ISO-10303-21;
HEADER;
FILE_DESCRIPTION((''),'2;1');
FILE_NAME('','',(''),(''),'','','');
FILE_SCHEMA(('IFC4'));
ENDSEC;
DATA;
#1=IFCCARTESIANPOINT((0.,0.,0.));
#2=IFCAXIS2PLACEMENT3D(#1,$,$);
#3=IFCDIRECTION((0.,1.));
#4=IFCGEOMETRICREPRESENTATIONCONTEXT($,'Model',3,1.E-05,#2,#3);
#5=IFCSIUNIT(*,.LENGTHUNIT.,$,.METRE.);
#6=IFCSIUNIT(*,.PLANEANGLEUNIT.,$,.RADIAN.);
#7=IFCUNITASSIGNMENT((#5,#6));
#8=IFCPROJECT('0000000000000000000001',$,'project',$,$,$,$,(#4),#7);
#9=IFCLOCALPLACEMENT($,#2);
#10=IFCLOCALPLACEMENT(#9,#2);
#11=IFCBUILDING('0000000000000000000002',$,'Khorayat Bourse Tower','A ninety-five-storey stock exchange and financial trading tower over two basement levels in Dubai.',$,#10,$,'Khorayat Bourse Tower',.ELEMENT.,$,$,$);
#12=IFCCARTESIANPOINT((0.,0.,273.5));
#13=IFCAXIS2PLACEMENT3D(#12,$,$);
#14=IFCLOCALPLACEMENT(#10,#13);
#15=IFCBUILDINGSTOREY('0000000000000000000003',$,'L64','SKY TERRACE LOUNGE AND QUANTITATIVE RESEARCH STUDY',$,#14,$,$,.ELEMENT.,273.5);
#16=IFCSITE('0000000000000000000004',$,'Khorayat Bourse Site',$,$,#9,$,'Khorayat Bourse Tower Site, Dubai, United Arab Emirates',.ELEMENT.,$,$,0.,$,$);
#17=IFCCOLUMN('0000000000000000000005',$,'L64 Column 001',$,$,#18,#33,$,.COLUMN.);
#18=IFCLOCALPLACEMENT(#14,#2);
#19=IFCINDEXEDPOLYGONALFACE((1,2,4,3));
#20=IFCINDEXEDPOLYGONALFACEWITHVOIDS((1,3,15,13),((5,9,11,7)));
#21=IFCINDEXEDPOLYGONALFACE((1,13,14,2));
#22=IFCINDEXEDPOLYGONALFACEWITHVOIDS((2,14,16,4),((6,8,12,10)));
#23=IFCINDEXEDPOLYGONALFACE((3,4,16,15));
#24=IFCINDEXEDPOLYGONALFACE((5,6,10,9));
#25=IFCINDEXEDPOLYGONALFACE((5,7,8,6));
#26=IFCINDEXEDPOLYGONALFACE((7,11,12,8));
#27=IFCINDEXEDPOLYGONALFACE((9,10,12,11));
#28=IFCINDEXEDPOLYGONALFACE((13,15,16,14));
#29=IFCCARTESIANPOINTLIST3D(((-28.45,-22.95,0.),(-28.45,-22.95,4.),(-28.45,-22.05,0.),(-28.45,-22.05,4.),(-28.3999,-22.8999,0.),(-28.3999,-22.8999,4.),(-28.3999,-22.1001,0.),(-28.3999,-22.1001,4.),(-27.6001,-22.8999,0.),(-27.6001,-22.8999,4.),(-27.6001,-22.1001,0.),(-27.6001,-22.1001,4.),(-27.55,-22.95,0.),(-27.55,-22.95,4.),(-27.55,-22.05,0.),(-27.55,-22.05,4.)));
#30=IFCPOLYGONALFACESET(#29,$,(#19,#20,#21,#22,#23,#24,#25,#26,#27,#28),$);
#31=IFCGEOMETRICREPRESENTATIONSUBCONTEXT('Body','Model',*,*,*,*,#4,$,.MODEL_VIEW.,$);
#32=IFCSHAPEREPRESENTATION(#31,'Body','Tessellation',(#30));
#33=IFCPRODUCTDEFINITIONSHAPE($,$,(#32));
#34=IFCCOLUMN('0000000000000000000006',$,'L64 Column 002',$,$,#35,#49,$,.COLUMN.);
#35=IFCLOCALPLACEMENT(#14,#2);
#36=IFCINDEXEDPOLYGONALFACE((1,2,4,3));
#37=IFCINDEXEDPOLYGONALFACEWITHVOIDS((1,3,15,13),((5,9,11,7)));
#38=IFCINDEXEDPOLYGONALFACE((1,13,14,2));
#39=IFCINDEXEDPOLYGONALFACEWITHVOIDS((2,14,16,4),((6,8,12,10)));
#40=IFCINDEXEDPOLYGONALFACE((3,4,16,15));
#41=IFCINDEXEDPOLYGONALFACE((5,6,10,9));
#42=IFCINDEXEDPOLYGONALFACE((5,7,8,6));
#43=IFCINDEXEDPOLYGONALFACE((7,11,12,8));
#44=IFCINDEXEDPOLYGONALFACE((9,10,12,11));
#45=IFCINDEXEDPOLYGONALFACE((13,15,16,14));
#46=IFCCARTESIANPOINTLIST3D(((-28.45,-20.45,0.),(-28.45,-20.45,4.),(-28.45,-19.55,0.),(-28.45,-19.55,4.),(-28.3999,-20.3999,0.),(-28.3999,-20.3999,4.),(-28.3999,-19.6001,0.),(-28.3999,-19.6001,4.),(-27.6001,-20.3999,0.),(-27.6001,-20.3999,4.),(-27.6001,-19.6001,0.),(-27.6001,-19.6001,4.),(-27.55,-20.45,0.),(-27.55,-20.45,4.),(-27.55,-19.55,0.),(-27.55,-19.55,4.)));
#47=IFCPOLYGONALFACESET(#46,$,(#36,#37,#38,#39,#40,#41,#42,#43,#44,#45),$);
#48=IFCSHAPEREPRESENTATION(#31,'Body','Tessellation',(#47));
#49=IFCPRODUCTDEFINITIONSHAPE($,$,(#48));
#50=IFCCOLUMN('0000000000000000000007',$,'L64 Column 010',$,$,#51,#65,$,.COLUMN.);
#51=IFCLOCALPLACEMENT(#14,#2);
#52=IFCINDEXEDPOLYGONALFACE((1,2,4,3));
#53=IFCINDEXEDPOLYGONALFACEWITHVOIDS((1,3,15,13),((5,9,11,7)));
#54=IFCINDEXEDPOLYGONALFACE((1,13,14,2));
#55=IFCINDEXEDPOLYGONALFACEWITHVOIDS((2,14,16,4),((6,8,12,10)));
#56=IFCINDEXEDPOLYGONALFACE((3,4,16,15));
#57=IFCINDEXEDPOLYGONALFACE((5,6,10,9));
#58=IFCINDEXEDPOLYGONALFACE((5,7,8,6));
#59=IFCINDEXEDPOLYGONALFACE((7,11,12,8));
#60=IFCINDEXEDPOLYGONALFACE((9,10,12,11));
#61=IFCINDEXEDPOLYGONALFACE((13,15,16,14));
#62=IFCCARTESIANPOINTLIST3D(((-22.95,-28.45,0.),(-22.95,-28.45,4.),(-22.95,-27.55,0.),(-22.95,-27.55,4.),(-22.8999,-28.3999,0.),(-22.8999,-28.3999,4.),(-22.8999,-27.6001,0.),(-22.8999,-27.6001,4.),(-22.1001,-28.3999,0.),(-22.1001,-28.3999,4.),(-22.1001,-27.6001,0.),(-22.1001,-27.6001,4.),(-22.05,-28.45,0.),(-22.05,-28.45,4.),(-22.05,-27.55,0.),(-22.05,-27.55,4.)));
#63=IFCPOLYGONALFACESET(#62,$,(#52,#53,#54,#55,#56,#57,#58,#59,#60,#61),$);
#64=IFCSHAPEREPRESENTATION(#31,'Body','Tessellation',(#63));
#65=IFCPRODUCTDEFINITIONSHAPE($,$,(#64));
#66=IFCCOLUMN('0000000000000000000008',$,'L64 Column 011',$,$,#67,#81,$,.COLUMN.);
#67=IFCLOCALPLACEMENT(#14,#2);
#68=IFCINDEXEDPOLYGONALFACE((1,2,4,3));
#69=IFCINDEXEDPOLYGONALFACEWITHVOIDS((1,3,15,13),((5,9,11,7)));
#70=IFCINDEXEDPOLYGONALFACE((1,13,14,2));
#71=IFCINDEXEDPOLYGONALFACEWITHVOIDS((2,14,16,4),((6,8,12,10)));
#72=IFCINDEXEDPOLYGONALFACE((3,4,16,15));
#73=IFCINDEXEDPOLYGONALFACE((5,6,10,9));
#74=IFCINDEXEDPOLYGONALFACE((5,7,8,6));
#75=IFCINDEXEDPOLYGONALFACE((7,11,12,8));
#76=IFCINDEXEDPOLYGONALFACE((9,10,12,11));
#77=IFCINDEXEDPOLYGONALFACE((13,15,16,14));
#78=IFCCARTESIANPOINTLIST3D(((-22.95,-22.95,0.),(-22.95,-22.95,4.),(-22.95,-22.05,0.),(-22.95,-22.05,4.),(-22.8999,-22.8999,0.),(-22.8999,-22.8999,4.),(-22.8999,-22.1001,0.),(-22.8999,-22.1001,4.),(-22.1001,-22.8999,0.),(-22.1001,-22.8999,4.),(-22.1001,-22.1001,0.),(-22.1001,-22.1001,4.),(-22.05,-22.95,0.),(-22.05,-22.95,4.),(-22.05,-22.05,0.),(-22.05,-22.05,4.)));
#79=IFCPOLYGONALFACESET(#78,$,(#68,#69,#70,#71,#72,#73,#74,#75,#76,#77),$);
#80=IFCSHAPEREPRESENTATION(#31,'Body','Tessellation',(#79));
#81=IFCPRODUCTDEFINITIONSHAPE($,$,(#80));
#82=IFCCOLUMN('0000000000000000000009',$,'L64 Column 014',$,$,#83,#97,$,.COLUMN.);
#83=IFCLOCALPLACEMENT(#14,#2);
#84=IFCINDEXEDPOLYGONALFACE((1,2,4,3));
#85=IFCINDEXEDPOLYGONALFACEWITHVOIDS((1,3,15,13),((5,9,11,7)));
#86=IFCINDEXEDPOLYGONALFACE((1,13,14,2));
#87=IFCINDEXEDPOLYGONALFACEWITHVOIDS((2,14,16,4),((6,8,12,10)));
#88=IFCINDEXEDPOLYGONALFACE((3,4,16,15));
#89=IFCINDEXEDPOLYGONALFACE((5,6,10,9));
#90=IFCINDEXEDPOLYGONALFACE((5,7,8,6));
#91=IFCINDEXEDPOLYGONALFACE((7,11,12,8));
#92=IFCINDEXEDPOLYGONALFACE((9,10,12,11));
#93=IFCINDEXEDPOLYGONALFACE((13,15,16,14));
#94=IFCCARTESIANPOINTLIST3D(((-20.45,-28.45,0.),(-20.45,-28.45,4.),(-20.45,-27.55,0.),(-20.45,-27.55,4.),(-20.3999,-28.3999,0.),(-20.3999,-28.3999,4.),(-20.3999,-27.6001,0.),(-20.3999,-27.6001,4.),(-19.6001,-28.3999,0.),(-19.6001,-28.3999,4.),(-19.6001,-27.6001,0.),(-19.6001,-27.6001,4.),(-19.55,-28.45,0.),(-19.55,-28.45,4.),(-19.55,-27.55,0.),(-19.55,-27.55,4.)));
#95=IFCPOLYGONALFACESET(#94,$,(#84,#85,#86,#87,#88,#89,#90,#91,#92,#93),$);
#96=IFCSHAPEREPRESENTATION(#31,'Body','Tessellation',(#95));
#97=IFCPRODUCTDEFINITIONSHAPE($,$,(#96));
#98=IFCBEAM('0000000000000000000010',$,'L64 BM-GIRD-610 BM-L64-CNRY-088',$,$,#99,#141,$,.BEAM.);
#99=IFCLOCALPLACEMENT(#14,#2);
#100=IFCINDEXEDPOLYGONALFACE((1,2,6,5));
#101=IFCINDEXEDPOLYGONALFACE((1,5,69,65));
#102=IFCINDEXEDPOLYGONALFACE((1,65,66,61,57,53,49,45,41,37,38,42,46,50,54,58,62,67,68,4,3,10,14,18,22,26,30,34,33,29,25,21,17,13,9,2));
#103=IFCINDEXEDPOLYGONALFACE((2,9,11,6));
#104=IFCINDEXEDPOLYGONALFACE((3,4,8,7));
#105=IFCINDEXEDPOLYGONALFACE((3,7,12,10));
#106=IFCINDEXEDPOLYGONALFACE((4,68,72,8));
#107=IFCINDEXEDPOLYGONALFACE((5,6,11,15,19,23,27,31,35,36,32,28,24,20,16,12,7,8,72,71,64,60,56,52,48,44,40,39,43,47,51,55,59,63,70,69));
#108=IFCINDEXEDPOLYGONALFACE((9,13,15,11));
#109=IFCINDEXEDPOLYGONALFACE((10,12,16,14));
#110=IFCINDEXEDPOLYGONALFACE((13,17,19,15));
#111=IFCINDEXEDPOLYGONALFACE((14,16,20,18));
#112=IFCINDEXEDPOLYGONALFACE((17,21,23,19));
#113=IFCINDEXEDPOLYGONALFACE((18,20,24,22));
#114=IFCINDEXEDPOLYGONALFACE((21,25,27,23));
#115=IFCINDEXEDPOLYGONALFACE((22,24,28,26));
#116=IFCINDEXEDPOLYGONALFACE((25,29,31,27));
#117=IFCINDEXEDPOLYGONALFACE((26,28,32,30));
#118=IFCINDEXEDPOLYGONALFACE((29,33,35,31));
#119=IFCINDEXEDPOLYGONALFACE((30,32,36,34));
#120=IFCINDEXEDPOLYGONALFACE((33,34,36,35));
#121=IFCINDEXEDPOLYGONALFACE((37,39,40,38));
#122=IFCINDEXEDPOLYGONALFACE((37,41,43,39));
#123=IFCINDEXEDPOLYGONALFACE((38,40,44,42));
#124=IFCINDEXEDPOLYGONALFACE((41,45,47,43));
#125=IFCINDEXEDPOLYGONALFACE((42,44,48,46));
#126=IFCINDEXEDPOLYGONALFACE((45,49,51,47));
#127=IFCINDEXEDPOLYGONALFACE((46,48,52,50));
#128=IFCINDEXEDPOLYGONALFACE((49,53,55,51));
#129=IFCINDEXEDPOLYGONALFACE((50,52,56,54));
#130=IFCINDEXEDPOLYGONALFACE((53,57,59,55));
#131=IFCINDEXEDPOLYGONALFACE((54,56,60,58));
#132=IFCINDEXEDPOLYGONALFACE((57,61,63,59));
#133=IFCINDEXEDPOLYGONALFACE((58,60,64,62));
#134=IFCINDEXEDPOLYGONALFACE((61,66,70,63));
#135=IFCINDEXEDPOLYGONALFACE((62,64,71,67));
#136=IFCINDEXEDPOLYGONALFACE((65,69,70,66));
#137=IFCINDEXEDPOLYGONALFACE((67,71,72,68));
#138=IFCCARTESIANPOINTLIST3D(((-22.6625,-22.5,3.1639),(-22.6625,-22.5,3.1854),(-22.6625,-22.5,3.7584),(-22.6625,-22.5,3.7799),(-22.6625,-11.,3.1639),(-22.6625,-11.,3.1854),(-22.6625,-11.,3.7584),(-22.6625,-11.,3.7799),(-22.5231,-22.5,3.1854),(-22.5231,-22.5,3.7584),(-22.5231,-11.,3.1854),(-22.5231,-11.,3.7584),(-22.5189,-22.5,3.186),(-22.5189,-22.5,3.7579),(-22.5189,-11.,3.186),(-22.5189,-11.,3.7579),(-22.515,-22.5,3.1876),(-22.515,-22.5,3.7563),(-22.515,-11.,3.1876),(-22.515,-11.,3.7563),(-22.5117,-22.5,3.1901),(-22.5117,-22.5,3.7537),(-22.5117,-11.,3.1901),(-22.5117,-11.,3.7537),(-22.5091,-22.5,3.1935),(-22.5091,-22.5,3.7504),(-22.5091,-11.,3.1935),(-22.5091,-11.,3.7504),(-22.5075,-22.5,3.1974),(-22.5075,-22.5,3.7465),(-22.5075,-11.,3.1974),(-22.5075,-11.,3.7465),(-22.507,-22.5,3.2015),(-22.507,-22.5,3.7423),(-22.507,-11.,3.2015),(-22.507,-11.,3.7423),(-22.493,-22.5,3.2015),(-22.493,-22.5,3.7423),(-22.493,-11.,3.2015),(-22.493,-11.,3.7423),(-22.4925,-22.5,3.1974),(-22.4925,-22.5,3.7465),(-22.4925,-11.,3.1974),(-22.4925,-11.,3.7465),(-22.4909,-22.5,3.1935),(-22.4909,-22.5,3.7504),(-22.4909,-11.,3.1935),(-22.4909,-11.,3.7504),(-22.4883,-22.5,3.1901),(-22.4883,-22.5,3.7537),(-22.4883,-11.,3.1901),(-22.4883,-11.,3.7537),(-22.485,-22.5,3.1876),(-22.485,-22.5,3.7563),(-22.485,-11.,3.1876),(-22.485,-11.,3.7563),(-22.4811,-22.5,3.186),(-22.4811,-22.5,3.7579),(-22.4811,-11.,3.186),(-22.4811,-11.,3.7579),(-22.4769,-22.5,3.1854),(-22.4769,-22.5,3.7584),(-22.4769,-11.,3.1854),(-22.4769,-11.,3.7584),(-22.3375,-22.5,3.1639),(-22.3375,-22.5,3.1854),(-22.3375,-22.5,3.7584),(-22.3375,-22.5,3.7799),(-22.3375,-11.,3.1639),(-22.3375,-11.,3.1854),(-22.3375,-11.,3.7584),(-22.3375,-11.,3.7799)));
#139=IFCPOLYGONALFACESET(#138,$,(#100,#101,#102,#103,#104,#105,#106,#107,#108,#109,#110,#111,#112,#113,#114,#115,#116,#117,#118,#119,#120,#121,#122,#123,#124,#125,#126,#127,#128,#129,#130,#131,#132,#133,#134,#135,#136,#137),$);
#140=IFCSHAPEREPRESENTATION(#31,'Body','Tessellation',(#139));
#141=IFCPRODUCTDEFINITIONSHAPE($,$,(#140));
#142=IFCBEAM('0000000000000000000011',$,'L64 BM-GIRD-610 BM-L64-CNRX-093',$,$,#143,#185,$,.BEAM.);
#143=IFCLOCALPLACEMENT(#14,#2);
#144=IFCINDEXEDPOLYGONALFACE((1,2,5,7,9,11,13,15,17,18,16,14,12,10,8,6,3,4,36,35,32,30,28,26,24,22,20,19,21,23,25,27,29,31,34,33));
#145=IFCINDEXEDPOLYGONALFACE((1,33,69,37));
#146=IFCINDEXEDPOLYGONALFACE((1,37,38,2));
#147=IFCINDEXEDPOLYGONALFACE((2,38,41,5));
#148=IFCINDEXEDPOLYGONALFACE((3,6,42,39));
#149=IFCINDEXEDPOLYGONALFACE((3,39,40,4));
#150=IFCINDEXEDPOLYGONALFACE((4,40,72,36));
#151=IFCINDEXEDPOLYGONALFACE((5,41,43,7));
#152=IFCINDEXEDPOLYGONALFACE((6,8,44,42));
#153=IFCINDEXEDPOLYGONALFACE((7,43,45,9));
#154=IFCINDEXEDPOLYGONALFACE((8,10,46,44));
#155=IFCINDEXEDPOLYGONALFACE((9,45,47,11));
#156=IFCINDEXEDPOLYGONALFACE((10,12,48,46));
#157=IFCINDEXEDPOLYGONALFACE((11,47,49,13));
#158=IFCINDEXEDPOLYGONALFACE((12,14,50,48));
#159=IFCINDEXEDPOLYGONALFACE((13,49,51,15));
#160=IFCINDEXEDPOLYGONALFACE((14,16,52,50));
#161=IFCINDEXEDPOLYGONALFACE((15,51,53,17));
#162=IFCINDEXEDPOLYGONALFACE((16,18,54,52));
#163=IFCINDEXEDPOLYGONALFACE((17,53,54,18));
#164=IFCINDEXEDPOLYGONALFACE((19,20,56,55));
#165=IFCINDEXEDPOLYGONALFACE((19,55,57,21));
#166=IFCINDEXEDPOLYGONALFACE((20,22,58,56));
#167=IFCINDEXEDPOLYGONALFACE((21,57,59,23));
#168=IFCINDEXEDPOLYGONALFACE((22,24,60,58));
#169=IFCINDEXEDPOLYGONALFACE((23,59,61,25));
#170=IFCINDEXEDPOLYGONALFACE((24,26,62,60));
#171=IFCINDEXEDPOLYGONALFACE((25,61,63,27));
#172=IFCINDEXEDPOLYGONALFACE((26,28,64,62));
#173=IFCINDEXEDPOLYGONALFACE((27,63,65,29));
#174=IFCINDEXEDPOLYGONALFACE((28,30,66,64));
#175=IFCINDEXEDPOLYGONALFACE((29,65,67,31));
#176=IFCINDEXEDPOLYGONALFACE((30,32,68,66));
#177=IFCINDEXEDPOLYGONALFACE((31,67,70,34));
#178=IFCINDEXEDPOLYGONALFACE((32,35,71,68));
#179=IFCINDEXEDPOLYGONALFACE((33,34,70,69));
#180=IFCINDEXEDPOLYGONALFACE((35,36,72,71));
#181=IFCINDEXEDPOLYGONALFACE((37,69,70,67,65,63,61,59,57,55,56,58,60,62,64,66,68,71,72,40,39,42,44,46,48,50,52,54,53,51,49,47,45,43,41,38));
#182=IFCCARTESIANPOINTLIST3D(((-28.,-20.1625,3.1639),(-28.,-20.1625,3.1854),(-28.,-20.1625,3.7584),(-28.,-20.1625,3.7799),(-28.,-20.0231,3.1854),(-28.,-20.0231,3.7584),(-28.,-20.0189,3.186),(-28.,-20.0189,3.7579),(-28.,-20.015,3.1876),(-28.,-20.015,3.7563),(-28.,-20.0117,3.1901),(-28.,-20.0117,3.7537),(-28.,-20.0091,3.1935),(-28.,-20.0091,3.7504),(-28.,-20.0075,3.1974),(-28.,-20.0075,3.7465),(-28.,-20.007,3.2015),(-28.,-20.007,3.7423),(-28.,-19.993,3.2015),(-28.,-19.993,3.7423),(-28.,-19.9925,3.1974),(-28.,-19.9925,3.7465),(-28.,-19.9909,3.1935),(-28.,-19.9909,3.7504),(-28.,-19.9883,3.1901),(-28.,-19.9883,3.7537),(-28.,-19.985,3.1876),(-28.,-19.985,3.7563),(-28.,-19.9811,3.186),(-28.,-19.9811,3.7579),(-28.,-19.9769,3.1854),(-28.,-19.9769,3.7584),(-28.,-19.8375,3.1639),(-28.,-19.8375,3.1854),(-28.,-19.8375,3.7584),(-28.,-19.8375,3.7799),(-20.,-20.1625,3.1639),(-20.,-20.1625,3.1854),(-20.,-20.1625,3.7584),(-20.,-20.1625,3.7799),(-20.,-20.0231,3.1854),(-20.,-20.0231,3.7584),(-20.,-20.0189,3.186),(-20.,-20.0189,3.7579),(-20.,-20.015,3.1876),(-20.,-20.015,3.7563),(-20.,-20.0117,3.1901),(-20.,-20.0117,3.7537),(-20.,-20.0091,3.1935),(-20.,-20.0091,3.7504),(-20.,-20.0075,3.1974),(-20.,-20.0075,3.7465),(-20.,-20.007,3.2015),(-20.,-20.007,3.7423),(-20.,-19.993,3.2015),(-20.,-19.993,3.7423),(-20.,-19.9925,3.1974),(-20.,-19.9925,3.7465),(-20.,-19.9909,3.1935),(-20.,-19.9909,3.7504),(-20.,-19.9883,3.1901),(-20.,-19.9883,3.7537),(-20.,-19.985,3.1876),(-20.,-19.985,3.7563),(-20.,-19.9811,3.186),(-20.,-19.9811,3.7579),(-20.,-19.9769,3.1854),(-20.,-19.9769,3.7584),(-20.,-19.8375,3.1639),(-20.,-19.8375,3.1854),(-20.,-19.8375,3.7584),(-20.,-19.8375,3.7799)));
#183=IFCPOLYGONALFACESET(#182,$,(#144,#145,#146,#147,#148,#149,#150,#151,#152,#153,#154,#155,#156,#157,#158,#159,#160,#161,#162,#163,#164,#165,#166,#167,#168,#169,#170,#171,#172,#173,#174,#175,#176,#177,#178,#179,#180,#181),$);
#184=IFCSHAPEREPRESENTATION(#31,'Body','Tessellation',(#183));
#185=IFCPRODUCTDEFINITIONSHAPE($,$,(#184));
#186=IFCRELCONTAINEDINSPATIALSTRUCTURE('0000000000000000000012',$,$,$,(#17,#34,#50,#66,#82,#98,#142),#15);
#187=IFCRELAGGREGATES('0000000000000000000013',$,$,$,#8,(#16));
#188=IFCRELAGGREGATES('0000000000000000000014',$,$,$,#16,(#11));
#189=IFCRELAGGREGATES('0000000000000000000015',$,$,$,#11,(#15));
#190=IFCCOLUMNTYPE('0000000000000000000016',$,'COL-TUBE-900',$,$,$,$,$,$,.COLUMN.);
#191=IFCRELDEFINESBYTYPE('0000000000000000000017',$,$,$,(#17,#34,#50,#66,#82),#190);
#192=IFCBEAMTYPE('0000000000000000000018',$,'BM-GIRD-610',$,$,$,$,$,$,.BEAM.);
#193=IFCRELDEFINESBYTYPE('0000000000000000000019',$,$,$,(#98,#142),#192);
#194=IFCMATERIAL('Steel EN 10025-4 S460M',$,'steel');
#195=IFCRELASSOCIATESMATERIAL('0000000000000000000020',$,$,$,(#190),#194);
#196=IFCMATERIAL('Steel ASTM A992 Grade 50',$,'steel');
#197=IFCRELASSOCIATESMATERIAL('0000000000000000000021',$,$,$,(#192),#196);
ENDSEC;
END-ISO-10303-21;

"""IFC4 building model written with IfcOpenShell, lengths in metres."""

from ifc_helpers import new_model, si_unit, direction, frame, origin, origin_2d, place, context, subcontext, project, spatial, hollow_rectangle, i_section, extrude, source, transform, mapped, material, material_profile, profile_set, type_object, element, save


model = new_model("IFC4")

# Units and contexts
model_context = context("Model", 3, precision=1e-05, world=origin(), true_north=direction((0.0, 1.0)))
body_context = subcontext(model_context, "Body", "Model", "MODEL_VIEW")
ifc_project = project(units=[si_unit("LENGTHUNIT", "METRE"), si_unit("PLANEANGLEUNIT", "RADIAN")], contexts=[model_context])

# Site, building, storey
site_placement = place(None, origin())
site = spatial("IfcSite", under=ifc_project, at=site_placement, Name="Khorayat Bourse Site", LongName="Khorayat Bourse Tower Site, Dubai, United Arab Emirates", CompositionType="ELEMENT", RefElevation=0.0)
building_placement = place(site_placement, origin())
building = spatial("IfcBuilding", under=site, at=building_placement, Name="Khorayat Bourse Tower", Description="A ninety-five-storey stock exchange and financial trading tower over two basement levels in Dubai.", LongName="Khorayat Bourse Tower", CompositionType="ELEMENT")
storey_placement = place(building_placement, frame((0.0, 0.0, 273.5)))
storey = spatial("IfcBuildingStorey", under=building, at=storey_placement, Name="L64", Description="SKY TERRACE LOUNGE AND QUANTITATIVE RESEARCH STUDY", CompositionType="ELEMENT", Elevation=273.5)

# Columns
ifc_material_1 = material(Name="Steel EN 10025-4 S460M", Category="steel")
ifc_material_profile_1 = material_profile(ifc_material_1, hollow_rectangle(XDim=0.8999, YDim=0.8999, WallThickness=0.05, at=origin_2d()), Name="BOX 900x900x50")
ifc_profile_set_1 = profile_set([ifc_material_profile_1], Name="Steel EN 10025-4 S460M")
column_type = type_object("IfcColumnType", Name="COL-TUBE-900", PredefinedType="COLUMN", material=ifc_profile_set_1)
shared_shape_1 = source(origin(), body_context, "Body", "SweptSolid", [
    extrude(hollow_rectangle(XDim=0.8999, YDim=0.8999, WallThickness=0.05, at=origin_2d()), origin(), (0.0, 0.0, 1.0), 4.0),
])
for number, where, z_axis, x_axis, name in (
    (1, (-28.0, -22.5, 0.0), (0.0, 0.0, 1.0), (1.0, 0.0, 0.0), "L64 Column 001"),
    (2, (-28.0, -20.0, 0.0), (0.0, 0.0, 1.0), (1.0, 0.0, 0.0), "L64 Column 002"),
    (3, (-22.5, -28.0, 0.0), (0.0, 0.0, 1.0), (1.0, 0.0, 0.0), "L64 Column 010"),
    (4, (-22.5, -22.5, 0.0), (0.0, 0.0, 1.0), (1.0, 0.0, 0.0), "L64 Column 011"),
    (5, (-20.0, -28.0, 0.0), (0.0, 0.0, 1.0), (1.0, 0.0, 0.0), "L64 Column 014"),
):
    element("IfcColumn", number, at=place(storey_placement, frame(where, z_axis=z_axis, x_axis=x_axis)), inside=storey, type_object=column_type, Name=name, PredefinedType="COLUMN", context=body_context, shape_type="MappedRepresentation", body=[
        mapped(shared_shape_1, transform((0.0, 0.0, 0.0), scale=1.0)),
    ])

# Beams
ifc_material_2 = material(Name="Steel ASTM A992 Grade 50", Category="steel")
ifc_material_profile_2 = material_profile(ifc_material_2, i_section(OverallWidth=0.325, OverallDepth=0.616, WebThickness=0.0139, FlangeThickness=0.0215, FilletRadius=0.0161, at=origin_2d()), Name="W610X174")
ifc_profile_set_2 = profile_set([ifc_material_profile_2], Name="Steel ASTM A992 Grade 50")
beam_type_1 = type_object("IfcBeamType", Name="BM-GIRD-610", PredefinedType="BEAM", material=ifc_profile_set_2)
shared_shape_2 = source(origin(), body_context, "Body", "SweptSolid", [
    extrude(i_section(OverallWidth=0.325, OverallDepth=0.616, WebThickness=0.0139, FlangeThickness=0.0215, FilletRadius=0.0161, at=origin_2d()), origin(), (0.0, 0.0, 1.0), 11.5),
])
beam_1_placement = place(storey_placement, frame((-22.5, -22.5, 3.4719), z_axis=(0.0, 1.0, 0.0), x_axis=(-1.0, 0.0, 0.0)))
element("IfcBeam", 6, at=beam_1_placement, inside=storey, type_object=beam_type_1, Name="L64 BM-GIRD-610 BM-L64-CNRY-088", PredefinedType="BEAM", context=body_context, shape_type="MappedRepresentation", body=[
    mapped(shared_shape_2, transform((0.0, 0.0, 0.0), scale=1.0)),
])
shared_shape_3 = source(origin(), body_context, "Body", "SweptSolid", [
    extrude(i_section(OverallWidth=0.325, OverallDepth=0.616, WebThickness=0.0139, FlangeThickness=0.0215, FilletRadius=0.0161, at=origin_2d()), origin(), (0.0, 0.0, 1.0), 8.0),
])
beam_2_placement = place(storey_placement, frame((-28.0, -20.0, 3.4719), z_axis=(1.0, 0.0, 0.0), x_axis=(0.0, 1.0, 0.0)))
element("IfcBeam", 7, at=beam_2_placement, inside=storey, type_object=beam_type_1, Name="L64 BM-GIRD-610 BM-L64-CNRX-093", PredefinedType="BEAM", context=body_context, shape_type="MappedRepresentation", body=[
    mapped(shared_shape_3, transform((0.0, 0.0, 0.0), scale=1.0)),
])

save(model, "model.ifc")
